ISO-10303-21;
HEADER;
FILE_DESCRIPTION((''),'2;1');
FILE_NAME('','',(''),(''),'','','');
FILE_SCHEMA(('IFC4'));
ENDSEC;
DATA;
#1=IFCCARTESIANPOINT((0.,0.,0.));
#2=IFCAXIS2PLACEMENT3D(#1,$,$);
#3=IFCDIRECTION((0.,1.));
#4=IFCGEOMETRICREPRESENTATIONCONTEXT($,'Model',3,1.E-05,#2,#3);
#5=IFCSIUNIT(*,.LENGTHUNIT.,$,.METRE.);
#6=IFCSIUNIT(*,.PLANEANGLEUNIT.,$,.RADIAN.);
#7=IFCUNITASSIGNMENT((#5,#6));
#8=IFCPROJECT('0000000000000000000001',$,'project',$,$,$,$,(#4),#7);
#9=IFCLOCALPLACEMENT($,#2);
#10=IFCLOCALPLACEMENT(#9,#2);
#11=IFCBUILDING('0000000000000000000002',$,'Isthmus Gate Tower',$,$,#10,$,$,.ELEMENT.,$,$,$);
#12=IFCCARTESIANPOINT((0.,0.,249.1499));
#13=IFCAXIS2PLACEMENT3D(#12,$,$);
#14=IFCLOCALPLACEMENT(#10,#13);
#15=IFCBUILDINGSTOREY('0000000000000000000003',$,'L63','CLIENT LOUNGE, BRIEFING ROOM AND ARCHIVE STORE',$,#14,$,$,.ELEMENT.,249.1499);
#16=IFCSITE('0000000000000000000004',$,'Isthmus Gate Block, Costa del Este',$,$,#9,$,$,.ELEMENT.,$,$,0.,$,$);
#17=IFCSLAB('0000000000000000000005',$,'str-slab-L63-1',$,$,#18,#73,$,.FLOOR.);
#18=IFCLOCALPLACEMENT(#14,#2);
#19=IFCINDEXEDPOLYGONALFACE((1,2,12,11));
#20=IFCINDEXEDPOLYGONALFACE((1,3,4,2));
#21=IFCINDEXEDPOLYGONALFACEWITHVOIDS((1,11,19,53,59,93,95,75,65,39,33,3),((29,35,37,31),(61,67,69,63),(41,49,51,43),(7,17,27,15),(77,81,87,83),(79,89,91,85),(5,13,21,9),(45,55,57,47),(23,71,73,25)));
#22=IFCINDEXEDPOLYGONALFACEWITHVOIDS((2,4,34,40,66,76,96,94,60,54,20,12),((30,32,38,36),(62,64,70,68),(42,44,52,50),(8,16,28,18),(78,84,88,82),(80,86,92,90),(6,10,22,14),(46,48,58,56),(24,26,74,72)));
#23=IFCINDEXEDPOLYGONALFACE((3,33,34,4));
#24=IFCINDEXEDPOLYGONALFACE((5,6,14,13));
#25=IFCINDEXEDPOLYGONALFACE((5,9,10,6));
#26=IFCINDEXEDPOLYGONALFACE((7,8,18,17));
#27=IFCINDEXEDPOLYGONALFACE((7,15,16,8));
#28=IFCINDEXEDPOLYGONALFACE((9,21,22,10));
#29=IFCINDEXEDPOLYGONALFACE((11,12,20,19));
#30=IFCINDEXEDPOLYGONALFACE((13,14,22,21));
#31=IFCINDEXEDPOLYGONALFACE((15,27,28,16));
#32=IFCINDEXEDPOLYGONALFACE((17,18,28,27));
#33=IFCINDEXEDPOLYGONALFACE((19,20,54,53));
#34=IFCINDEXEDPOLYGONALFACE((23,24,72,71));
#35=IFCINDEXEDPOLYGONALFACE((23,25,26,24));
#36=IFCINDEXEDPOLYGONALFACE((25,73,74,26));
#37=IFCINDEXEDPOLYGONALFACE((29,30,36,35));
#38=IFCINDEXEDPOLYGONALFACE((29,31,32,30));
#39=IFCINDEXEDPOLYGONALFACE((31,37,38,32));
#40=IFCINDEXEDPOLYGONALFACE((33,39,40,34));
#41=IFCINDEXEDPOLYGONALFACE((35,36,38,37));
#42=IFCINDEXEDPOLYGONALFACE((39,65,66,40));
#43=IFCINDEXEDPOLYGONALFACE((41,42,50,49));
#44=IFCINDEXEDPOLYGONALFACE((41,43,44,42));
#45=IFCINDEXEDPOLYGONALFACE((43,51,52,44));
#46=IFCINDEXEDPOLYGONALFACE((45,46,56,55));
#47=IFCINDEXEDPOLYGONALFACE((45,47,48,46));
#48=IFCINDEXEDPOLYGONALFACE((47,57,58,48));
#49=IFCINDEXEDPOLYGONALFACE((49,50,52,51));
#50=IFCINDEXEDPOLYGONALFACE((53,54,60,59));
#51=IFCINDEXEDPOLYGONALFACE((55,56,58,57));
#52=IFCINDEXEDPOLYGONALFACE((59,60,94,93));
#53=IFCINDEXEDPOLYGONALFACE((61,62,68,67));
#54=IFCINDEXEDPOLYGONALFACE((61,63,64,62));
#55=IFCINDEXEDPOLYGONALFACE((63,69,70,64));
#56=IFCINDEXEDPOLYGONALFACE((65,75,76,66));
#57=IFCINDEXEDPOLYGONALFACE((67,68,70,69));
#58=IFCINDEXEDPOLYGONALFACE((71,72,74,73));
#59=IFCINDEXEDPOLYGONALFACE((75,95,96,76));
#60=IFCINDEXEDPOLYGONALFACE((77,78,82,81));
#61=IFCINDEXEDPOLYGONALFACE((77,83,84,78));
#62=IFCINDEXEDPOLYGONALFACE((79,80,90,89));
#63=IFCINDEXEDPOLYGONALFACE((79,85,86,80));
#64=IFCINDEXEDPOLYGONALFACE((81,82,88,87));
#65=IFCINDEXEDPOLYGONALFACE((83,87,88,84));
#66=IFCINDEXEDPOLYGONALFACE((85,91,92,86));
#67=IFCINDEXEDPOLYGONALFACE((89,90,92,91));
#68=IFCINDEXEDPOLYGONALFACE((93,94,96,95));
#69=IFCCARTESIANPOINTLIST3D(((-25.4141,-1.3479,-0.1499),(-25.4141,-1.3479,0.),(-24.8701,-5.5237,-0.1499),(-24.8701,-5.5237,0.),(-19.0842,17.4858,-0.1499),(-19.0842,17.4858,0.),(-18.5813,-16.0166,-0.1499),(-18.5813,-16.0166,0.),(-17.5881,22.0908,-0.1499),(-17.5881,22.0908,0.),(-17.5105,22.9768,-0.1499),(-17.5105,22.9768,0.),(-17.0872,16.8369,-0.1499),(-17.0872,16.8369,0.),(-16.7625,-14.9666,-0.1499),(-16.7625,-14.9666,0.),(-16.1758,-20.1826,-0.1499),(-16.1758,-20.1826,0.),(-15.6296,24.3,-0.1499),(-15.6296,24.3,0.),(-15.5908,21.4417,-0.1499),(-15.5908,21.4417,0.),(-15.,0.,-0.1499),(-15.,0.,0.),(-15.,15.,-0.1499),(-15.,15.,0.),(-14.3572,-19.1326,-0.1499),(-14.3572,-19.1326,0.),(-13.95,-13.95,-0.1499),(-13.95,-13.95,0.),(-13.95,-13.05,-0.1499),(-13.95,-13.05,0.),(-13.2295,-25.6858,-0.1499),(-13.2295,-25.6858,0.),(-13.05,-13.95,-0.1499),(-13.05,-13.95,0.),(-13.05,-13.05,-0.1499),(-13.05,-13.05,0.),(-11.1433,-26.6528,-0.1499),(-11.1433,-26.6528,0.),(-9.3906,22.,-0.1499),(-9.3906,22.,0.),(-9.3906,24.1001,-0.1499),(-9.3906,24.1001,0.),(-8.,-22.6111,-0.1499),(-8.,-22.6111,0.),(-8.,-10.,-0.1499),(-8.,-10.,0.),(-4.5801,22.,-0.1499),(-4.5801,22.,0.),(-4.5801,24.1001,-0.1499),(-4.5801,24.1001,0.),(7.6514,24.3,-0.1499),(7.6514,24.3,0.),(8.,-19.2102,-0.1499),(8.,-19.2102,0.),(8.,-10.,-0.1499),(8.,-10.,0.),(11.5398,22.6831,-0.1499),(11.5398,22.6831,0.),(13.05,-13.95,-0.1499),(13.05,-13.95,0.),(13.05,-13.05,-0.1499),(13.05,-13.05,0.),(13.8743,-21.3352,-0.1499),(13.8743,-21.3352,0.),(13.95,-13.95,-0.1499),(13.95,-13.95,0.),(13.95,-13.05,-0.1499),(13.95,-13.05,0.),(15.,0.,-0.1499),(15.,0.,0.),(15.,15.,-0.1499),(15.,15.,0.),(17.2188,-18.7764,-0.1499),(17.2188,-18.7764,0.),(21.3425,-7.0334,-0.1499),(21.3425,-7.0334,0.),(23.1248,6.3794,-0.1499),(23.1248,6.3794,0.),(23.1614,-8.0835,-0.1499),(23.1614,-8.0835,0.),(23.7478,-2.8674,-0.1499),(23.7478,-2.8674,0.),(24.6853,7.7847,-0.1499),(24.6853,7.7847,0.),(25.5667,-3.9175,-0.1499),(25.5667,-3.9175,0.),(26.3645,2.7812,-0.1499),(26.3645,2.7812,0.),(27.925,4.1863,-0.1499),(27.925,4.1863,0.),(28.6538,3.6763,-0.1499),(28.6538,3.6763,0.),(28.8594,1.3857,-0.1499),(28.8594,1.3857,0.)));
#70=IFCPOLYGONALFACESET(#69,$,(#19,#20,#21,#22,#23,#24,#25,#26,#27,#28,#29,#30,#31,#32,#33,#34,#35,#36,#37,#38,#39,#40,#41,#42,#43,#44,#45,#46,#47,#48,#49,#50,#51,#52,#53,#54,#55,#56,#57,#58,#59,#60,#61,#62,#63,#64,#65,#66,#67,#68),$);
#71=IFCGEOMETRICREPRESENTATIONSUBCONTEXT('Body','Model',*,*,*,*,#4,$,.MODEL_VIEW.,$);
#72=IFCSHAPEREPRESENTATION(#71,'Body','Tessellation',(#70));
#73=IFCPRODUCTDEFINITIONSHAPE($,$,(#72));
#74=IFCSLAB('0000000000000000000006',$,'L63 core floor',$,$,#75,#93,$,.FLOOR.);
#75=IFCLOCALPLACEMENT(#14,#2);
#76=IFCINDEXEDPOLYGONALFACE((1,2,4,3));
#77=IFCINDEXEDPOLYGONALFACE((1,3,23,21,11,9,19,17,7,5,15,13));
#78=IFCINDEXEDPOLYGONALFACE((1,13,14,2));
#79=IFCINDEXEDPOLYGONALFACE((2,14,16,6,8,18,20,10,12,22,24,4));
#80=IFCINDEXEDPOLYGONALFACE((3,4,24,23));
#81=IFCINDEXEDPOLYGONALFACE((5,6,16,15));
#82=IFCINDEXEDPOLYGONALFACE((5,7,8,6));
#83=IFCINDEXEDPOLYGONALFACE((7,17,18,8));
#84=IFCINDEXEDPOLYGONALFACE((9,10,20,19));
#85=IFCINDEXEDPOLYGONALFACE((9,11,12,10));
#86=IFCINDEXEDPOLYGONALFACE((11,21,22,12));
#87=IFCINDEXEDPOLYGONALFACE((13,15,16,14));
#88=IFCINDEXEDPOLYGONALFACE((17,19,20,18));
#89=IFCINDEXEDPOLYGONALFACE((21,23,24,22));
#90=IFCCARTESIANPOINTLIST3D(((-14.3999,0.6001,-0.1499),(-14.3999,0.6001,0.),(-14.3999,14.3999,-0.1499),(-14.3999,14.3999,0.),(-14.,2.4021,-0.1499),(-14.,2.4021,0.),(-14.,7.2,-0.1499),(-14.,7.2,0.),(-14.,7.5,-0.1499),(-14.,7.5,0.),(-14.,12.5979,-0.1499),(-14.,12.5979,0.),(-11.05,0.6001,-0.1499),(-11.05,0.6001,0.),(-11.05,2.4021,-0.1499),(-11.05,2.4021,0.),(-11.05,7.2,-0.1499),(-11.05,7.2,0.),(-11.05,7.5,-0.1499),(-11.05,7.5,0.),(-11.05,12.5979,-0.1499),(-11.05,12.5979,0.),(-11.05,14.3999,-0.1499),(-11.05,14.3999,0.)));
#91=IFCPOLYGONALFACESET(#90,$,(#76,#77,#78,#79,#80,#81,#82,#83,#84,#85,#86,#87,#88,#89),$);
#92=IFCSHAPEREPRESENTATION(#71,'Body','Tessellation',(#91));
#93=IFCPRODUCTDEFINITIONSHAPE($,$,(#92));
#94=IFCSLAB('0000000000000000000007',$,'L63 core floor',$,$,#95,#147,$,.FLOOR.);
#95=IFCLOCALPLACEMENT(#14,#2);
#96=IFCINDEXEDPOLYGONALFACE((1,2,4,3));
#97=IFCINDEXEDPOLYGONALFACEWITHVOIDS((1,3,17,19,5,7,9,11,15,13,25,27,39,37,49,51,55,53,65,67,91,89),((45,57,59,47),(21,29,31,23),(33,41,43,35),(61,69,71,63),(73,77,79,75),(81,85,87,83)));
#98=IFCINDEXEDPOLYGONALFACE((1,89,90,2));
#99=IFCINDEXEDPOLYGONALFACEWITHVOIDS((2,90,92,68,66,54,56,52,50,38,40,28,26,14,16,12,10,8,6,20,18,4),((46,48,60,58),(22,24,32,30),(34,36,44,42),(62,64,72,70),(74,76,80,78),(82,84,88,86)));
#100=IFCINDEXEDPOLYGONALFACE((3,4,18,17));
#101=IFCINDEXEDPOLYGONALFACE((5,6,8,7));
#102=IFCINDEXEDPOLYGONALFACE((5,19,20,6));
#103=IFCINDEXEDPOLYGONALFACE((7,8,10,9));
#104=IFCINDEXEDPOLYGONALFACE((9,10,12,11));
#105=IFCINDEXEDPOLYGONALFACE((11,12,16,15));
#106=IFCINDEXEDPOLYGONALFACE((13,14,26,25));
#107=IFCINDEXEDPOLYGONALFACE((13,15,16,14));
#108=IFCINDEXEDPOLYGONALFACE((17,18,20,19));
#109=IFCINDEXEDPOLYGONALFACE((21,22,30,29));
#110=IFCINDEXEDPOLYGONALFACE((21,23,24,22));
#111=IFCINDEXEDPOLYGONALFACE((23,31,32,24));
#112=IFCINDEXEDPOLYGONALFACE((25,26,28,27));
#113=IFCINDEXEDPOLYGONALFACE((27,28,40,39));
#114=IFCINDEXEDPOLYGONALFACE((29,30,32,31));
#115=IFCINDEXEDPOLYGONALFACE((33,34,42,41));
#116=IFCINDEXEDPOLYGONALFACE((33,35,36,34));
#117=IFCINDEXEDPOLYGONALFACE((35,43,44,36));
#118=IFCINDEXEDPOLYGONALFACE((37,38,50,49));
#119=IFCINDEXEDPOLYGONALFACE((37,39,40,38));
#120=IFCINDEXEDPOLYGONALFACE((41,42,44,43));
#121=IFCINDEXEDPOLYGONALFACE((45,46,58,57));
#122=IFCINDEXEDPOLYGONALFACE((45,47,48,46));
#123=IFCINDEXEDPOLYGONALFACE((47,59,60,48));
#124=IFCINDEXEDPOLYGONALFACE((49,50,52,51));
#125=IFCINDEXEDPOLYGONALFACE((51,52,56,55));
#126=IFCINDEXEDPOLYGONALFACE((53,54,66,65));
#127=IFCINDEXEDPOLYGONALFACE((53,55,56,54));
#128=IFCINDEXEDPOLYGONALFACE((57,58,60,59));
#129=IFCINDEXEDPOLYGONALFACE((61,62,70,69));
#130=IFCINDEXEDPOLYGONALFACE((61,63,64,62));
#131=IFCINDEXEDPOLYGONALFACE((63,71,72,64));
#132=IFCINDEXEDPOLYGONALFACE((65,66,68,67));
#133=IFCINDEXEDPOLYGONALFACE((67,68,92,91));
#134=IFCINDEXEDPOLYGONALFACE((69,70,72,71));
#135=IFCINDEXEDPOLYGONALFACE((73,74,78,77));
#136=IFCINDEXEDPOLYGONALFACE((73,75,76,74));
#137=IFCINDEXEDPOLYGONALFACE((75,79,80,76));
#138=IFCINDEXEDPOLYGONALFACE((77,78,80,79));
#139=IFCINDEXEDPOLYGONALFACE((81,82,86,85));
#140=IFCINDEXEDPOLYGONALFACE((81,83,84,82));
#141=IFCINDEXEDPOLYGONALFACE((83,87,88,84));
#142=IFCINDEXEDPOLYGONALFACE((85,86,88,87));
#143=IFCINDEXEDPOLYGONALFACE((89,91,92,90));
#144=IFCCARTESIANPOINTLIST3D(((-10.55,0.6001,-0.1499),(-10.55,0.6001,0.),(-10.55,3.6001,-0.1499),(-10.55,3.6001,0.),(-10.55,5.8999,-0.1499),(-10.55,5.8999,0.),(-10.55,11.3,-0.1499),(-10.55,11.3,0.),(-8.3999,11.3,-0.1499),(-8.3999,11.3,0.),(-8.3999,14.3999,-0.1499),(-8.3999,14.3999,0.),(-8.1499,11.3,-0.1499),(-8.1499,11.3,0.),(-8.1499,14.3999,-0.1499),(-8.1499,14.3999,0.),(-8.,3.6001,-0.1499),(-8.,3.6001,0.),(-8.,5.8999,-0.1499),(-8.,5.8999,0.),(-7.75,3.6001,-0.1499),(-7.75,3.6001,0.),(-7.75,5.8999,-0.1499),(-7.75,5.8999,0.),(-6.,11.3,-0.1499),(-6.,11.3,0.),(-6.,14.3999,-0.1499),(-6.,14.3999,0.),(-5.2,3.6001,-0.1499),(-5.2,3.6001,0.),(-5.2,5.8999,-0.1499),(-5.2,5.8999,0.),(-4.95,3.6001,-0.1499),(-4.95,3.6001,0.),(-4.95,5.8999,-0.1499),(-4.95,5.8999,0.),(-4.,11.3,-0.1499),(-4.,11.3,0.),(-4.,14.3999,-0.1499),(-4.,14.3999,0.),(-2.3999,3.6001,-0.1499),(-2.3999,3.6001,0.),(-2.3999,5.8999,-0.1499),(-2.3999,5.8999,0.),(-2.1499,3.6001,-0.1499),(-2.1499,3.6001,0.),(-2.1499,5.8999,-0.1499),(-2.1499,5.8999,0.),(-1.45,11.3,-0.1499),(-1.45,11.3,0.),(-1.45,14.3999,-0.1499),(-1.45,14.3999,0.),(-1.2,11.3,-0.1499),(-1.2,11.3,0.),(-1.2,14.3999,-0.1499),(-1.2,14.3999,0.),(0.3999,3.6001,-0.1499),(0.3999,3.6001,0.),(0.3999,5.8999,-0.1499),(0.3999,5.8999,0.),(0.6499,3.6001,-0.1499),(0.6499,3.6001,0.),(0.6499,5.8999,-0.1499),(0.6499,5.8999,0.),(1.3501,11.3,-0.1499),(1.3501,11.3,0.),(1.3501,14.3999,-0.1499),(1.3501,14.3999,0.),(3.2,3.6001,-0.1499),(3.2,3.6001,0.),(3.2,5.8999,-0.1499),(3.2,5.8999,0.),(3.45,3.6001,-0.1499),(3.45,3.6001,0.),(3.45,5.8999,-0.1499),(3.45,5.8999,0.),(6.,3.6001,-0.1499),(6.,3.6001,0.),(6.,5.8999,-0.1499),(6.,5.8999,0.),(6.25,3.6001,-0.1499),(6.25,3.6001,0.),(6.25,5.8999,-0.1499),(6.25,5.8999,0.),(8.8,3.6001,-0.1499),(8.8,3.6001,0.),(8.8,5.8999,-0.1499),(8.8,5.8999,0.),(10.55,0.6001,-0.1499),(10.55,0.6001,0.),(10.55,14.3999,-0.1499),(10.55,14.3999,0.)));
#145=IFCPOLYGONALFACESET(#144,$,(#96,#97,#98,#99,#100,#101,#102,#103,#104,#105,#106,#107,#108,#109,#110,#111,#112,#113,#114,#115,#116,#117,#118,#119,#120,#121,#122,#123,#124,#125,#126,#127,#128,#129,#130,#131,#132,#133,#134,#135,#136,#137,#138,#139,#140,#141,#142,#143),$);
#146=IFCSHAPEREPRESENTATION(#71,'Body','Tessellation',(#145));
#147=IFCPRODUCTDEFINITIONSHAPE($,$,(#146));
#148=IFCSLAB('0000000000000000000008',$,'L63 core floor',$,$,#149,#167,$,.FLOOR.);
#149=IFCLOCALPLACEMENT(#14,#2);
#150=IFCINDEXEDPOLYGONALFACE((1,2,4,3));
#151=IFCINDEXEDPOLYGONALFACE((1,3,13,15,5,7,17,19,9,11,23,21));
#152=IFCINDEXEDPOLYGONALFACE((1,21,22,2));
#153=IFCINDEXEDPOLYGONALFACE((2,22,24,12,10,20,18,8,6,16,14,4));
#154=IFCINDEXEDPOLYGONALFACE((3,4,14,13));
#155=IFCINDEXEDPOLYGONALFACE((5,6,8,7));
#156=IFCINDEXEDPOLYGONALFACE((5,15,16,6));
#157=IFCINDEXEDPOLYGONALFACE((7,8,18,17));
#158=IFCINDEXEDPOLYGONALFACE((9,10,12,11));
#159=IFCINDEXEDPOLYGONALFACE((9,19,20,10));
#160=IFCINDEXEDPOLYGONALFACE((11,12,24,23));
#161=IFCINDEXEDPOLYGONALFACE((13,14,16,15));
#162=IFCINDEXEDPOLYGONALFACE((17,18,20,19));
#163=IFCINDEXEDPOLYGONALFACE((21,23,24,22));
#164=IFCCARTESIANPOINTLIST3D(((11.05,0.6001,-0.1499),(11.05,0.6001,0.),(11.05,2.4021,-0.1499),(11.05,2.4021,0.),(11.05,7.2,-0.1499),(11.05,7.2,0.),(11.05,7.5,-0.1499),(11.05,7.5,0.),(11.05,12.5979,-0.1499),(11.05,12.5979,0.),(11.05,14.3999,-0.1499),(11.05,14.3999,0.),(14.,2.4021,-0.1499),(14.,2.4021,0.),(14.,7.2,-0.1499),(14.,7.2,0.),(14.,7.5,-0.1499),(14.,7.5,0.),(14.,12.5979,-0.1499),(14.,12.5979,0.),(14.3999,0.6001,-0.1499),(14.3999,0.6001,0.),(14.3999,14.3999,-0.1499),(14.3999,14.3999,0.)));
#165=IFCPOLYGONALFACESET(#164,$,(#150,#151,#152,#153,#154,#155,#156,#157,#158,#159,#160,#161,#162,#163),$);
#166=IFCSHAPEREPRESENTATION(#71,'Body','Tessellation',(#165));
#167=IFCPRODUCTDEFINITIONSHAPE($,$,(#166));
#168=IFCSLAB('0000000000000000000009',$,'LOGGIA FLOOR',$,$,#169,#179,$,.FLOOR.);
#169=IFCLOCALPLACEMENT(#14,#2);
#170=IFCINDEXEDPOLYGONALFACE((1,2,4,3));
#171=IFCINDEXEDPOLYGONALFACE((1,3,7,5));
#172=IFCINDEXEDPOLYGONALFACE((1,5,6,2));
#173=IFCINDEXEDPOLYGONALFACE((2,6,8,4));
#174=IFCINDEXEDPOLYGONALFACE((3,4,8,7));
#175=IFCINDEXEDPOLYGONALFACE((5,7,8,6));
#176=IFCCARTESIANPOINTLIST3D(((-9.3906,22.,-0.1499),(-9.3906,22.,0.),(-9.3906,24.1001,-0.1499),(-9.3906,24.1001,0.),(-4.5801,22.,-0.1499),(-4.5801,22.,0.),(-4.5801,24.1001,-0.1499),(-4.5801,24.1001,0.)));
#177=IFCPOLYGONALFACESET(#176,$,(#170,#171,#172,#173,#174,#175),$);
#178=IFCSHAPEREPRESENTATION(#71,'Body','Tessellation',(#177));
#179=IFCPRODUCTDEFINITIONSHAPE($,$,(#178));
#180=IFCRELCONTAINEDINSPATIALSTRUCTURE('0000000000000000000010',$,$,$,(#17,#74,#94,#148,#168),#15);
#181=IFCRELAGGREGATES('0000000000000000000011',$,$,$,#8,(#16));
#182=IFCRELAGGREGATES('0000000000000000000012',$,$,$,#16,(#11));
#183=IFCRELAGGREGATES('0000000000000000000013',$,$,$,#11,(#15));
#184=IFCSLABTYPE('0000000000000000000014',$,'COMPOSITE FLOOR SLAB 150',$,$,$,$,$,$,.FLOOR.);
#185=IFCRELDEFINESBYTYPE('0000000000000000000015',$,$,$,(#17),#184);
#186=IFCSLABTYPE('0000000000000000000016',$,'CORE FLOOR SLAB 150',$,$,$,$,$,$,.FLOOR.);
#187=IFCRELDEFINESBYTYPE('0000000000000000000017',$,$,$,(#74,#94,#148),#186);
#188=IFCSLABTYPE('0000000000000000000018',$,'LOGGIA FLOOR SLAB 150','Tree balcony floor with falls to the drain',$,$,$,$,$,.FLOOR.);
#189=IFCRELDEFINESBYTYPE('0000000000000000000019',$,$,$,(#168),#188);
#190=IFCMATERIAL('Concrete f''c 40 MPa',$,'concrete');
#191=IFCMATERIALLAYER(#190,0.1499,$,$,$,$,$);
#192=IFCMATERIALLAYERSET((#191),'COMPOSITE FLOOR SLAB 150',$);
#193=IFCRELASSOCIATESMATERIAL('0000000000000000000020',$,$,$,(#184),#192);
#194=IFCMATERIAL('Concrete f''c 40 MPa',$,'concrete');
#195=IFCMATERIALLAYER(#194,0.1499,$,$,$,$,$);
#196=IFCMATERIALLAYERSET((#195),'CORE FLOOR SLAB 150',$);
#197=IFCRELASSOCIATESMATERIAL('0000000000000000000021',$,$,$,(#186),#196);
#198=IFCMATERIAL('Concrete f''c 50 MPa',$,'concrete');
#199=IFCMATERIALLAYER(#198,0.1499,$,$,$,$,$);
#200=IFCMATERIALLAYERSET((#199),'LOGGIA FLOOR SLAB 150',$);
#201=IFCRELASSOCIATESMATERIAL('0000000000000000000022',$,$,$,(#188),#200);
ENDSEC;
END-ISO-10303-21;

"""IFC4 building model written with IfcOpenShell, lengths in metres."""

from ifc_helpers import new_model, si_unit, direction, frame, origin, place, context, subcontext, project, spatial, polyline, outline, extrude, material, layer, layer_set, type_object, element, save


model = new_model("IFC4")

# Units and contexts
model_context = context("Model", 3, precision=1e-05, world=origin(), true_north=direction((0.0, 1.0)))
body_context = subcontext(model_context, "Body", "Model", "MODEL_VIEW")
ifc_project = project(units=[si_unit("LENGTHUNIT", "METRE"), si_unit("PLANEANGLEUNIT", "RADIAN")], contexts=[model_context])

# Site, building, storey
site_placement = place(None, origin())
site = spatial("IfcSite", under=ifc_project, at=site_placement, Name="Isthmus Gate Block, Costa del Este", CompositionType="ELEMENT", RefElevation=0.0)
building_placement = place(site_placement, origin())
building = spatial("IfcBuilding", under=site, at=building_placement, Name="Isthmus Gate Tower", CompositionType="ELEMENT")
storey_placement = place(building_placement, frame((0.0, 0.0, 249.1499)))
storey = spatial("IfcBuildingStorey", under=building, at=storey_placement, Name="L63", Description="CLIENT LOUNGE, BRIEFING ROOM AND ARCHIVE STORE", CompositionType="ELEMENT", Elevation=249.1499)

# Slabs
ifc_material_1 = material(Name="Concrete f'c 40 MPa", Category="concrete")
ifc_layer_1 = layer(ifc_material_1, 0.1499)
ifc_layer_set_1 = layer_set([ifc_layer_1], Name="COMPOSITE FLOOR SLAB 150")
slab_type_1 = type_object("IfcSlabType", Name="COMPOSITE FLOOR SLAB 150", PredefinedType="FLOOR", material=ifc_layer_set_1)
slab_1_placement = place(storey_placement, frame((0.0, 0.0, -0.1499)))
element("IfcSlab", 1, at=slab_1_placement, inside=storey, type_object=slab_type_1, Name="str-slab-L63-1", PredefinedType="FLOOR", context=body_context, shape_type="SweptSolid", body=[
    extrude(outline(polyline([(11.5398, 22.6831), (28.6538, 3.6763), (28.8594, 1.3857), (17.2188, -18.7764), (13.8743, -21.3352), (-11.1433, -26.6528), (-13.2295, -25.6858), (-24.8701, -5.5237), (-25.4141, -1.3479), (-17.5105, 22.9768), (-15.6296, 24.3), (7.6514, 24.3), (11.5398, 22.6831)]), holes=[polyline([(-14.3572, -19.1326), (-16.7625, -14.9666), (-18.5813, -16.0166), (-16.1758, -20.1826), (-14.3572, -19.1326)]), polyline([(8.0, -10.0), (-8.0, -10.0), (-8.0, -22.6111), (8.0, -19.2102), (8.0, -10.0)]), polyline([(-13.05, -13.05), (-13.95, -13.05), (-13.95, -13.95), (-13.05, -13.95), (-13.05, -13.05)]), polyline([(13.95, -13.05), (13.05, -13.05), (13.05, -13.95), (13.95, -13.95), (13.95, -13.05)]), polyline([(23.7478, -2.8674), (21.3425, -7.0334), (23.1614, -8.0835), (25.5667, -3.9175), (23.7478, -2.8674)]), polyline([(23.1248, 6.3794), (26.3645, 2.7812), (27.925, 4.1863), (24.6853, 7.7847), (23.1248, 6.3794)]), polyline([(-15.0, 15.0), (-15.0, 0.0), (15.0, 0.0), (15.0, 15.0), (-15.0, 15.0)]), polyline([(-19.0842, 17.4858), (-17.0872, 16.8369), (-15.5908, 21.4417), (-17.5881, 22.0908), (-19.0842, 17.4858)]), polyline([(-9.3906, 24.1001), (-9.3906, 22.0), (-4.5801, 22.0), (-4.5801, 24.1001), (-9.3906, 24.1001)])]), origin(), (0.0, 0.0, 1.0), 0.1499),
])
ifc_material_2 = material(Name="Concrete f'c 40 MPa", Category="concrete")
ifc_layer_2 = layer(ifc_material_2, 0.1499)
ifc_layer_set_2 = layer_set([ifc_layer_2], Name="CORE FLOOR SLAB 150")
slab_type_2 = type_object("IfcSlabType", Name="CORE FLOOR SLAB 150", PredefinedType="FLOOR", material=ifc_layer_set_2)
slab_2_placement = place(storey_placement, frame((0.0, 0.0, -0.1499)))
element("IfcSlab", 2, at=slab_2_placement, inside=storey, type_object=slab_type_2, Name="L63 core floor", PredefinedType="FLOOR", context=body_context, shape_type="SweptSolid", body=[
    extrude(outline(polyline([(-11.05, 0.6001), (-11.05, 2.4021), (-14.0, 2.4021), (-14.0, 7.2), (-11.05, 7.2), (-11.05, 7.5), (-14.0, 7.5), (-14.0, 12.5979), (-11.05, 12.5979), (-11.05, 14.3999), (-14.3999, 14.3999), (-14.3999, 0.6001), (-11.05, 0.6001)])), origin(), (0.0, 0.0, 1.0), 0.1499),
])
slab_3_placement = place(storey_placement, frame((0.0, 0.0, -0.1499)))
element("IfcSlab", 3, at=slab_3_placement, inside=storey, type_object=slab_type_2, Name="L63 core floor", PredefinedType="FLOOR", context=body_context, shape_type="SweptSolid", body=[
    extrude(outline(polyline([(10.55, 14.3999), (1.3501, 14.3999), (1.3501, 11.3), (-1.2, 11.3), (-1.2, 14.3999), (-1.45, 14.3999), (-1.45, 11.3), (-4.0, 11.3), (-4.0, 14.3999), (-6.0, 14.3999), (-6.0, 11.3), (-8.1499, 11.3), (-8.1499, 14.3999), (-8.3999, 14.3999), (-8.3999, 11.3), (-10.55, 11.3), (-10.55, 5.8999), (-8.0, 5.8999), (-8.0, 3.6001), (-10.55, 3.6001), (-10.55, 0.6001), (10.55, 0.6001), (10.55, 14.3999)]), holes=[polyline([(-5.2, 5.8999), (-5.2, 3.6001), (-7.75, 3.6001), (-7.75, 5.8999), (-5.2, 5.8999)]), polyline([(-2.3999, 5.8999), (-2.3999, 3.6001), (-4.95, 3.6001), (-4.95, 5.8999), (-2.3999, 5.8999)]), polyline([(0.3999, 5.8999), (0.3999, 3.6001), (-2.1499, 3.6001), (-2.1499, 5.8999), (0.3999, 5.8999)]), polyline([(3.2, 5.8999), (3.2, 3.6001), (0.6499, 3.6001), (0.6499, 5.8999), (3.2, 5.8999)]), polyline([(6.0, 5.8999), (6.0, 3.6001), (3.45, 3.6001), (3.45, 5.8999), (6.0, 5.8999)]), polyline([(8.8, 5.8999), (8.8, 3.6001), (6.25, 3.6001), (6.25, 5.8999), (8.8, 5.8999)])]), origin(), (0.0, 0.0, 1.0), 0.1499),
])
slab_4_placement = place(storey_placement, frame((0.0, 0.0, -0.1499)))
element("IfcSlab", 4, at=slab_4_placement, inside=storey, type_object=slab_type_2, Name="L63 core floor", PredefinedType="FLOOR", context=body_context, shape_type="SweptSolid", body=[
    extrude(outline(polyline([(11.05, 14.3999), (11.05, 12.5979), (14.0, 12.5979), (14.0, 7.5), (11.05, 7.5), (11.05, 7.2), (14.0, 7.2), (14.0, 2.4021), (11.05, 2.4021), (11.05, 0.6001), (14.3999, 0.6001), (14.3999, 14.3999), (11.05, 14.3999)])), origin(), (0.0, 0.0, 1.0), 0.1499),
])
ifc_material_3 = material(Name="Concrete f'c 50 MPa", Category="concrete")
ifc_layer_3 = layer(ifc_material_3, 0.1499)
ifc_layer_set_3 = layer_set([ifc_layer_3], Name="LOGGIA FLOOR SLAB 150")
slab_type_3 = type_object("IfcSlabType", Name="LOGGIA FLOOR SLAB 150", Description="Tree balcony floor with falls to the drain", PredefinedType="FLOOR", material=ifc_layer_set_3)
slab_5_placement = place(storey_placement, frame((0.0, 0.0, -0.1499)))
element("IfcSlab", 5, at=slab_5_placement, inside=storey, type_object=slab_type_3, Name="LOGGIA FLOOR", PredefinedType="FLOOR", context=body_context, shape_type="SweptSolid", body=[
    extrude(outline(polyline([(-4.5801, 24.1001), (-9.3906, 24.1001), (-9.3906, 22.0), (-4.5801, 22.0), (-4.5801, 24.1001)])), origin(), (0.0, 0.0, 1.0), 0.1499),
])

save(model, "model.ifc")
